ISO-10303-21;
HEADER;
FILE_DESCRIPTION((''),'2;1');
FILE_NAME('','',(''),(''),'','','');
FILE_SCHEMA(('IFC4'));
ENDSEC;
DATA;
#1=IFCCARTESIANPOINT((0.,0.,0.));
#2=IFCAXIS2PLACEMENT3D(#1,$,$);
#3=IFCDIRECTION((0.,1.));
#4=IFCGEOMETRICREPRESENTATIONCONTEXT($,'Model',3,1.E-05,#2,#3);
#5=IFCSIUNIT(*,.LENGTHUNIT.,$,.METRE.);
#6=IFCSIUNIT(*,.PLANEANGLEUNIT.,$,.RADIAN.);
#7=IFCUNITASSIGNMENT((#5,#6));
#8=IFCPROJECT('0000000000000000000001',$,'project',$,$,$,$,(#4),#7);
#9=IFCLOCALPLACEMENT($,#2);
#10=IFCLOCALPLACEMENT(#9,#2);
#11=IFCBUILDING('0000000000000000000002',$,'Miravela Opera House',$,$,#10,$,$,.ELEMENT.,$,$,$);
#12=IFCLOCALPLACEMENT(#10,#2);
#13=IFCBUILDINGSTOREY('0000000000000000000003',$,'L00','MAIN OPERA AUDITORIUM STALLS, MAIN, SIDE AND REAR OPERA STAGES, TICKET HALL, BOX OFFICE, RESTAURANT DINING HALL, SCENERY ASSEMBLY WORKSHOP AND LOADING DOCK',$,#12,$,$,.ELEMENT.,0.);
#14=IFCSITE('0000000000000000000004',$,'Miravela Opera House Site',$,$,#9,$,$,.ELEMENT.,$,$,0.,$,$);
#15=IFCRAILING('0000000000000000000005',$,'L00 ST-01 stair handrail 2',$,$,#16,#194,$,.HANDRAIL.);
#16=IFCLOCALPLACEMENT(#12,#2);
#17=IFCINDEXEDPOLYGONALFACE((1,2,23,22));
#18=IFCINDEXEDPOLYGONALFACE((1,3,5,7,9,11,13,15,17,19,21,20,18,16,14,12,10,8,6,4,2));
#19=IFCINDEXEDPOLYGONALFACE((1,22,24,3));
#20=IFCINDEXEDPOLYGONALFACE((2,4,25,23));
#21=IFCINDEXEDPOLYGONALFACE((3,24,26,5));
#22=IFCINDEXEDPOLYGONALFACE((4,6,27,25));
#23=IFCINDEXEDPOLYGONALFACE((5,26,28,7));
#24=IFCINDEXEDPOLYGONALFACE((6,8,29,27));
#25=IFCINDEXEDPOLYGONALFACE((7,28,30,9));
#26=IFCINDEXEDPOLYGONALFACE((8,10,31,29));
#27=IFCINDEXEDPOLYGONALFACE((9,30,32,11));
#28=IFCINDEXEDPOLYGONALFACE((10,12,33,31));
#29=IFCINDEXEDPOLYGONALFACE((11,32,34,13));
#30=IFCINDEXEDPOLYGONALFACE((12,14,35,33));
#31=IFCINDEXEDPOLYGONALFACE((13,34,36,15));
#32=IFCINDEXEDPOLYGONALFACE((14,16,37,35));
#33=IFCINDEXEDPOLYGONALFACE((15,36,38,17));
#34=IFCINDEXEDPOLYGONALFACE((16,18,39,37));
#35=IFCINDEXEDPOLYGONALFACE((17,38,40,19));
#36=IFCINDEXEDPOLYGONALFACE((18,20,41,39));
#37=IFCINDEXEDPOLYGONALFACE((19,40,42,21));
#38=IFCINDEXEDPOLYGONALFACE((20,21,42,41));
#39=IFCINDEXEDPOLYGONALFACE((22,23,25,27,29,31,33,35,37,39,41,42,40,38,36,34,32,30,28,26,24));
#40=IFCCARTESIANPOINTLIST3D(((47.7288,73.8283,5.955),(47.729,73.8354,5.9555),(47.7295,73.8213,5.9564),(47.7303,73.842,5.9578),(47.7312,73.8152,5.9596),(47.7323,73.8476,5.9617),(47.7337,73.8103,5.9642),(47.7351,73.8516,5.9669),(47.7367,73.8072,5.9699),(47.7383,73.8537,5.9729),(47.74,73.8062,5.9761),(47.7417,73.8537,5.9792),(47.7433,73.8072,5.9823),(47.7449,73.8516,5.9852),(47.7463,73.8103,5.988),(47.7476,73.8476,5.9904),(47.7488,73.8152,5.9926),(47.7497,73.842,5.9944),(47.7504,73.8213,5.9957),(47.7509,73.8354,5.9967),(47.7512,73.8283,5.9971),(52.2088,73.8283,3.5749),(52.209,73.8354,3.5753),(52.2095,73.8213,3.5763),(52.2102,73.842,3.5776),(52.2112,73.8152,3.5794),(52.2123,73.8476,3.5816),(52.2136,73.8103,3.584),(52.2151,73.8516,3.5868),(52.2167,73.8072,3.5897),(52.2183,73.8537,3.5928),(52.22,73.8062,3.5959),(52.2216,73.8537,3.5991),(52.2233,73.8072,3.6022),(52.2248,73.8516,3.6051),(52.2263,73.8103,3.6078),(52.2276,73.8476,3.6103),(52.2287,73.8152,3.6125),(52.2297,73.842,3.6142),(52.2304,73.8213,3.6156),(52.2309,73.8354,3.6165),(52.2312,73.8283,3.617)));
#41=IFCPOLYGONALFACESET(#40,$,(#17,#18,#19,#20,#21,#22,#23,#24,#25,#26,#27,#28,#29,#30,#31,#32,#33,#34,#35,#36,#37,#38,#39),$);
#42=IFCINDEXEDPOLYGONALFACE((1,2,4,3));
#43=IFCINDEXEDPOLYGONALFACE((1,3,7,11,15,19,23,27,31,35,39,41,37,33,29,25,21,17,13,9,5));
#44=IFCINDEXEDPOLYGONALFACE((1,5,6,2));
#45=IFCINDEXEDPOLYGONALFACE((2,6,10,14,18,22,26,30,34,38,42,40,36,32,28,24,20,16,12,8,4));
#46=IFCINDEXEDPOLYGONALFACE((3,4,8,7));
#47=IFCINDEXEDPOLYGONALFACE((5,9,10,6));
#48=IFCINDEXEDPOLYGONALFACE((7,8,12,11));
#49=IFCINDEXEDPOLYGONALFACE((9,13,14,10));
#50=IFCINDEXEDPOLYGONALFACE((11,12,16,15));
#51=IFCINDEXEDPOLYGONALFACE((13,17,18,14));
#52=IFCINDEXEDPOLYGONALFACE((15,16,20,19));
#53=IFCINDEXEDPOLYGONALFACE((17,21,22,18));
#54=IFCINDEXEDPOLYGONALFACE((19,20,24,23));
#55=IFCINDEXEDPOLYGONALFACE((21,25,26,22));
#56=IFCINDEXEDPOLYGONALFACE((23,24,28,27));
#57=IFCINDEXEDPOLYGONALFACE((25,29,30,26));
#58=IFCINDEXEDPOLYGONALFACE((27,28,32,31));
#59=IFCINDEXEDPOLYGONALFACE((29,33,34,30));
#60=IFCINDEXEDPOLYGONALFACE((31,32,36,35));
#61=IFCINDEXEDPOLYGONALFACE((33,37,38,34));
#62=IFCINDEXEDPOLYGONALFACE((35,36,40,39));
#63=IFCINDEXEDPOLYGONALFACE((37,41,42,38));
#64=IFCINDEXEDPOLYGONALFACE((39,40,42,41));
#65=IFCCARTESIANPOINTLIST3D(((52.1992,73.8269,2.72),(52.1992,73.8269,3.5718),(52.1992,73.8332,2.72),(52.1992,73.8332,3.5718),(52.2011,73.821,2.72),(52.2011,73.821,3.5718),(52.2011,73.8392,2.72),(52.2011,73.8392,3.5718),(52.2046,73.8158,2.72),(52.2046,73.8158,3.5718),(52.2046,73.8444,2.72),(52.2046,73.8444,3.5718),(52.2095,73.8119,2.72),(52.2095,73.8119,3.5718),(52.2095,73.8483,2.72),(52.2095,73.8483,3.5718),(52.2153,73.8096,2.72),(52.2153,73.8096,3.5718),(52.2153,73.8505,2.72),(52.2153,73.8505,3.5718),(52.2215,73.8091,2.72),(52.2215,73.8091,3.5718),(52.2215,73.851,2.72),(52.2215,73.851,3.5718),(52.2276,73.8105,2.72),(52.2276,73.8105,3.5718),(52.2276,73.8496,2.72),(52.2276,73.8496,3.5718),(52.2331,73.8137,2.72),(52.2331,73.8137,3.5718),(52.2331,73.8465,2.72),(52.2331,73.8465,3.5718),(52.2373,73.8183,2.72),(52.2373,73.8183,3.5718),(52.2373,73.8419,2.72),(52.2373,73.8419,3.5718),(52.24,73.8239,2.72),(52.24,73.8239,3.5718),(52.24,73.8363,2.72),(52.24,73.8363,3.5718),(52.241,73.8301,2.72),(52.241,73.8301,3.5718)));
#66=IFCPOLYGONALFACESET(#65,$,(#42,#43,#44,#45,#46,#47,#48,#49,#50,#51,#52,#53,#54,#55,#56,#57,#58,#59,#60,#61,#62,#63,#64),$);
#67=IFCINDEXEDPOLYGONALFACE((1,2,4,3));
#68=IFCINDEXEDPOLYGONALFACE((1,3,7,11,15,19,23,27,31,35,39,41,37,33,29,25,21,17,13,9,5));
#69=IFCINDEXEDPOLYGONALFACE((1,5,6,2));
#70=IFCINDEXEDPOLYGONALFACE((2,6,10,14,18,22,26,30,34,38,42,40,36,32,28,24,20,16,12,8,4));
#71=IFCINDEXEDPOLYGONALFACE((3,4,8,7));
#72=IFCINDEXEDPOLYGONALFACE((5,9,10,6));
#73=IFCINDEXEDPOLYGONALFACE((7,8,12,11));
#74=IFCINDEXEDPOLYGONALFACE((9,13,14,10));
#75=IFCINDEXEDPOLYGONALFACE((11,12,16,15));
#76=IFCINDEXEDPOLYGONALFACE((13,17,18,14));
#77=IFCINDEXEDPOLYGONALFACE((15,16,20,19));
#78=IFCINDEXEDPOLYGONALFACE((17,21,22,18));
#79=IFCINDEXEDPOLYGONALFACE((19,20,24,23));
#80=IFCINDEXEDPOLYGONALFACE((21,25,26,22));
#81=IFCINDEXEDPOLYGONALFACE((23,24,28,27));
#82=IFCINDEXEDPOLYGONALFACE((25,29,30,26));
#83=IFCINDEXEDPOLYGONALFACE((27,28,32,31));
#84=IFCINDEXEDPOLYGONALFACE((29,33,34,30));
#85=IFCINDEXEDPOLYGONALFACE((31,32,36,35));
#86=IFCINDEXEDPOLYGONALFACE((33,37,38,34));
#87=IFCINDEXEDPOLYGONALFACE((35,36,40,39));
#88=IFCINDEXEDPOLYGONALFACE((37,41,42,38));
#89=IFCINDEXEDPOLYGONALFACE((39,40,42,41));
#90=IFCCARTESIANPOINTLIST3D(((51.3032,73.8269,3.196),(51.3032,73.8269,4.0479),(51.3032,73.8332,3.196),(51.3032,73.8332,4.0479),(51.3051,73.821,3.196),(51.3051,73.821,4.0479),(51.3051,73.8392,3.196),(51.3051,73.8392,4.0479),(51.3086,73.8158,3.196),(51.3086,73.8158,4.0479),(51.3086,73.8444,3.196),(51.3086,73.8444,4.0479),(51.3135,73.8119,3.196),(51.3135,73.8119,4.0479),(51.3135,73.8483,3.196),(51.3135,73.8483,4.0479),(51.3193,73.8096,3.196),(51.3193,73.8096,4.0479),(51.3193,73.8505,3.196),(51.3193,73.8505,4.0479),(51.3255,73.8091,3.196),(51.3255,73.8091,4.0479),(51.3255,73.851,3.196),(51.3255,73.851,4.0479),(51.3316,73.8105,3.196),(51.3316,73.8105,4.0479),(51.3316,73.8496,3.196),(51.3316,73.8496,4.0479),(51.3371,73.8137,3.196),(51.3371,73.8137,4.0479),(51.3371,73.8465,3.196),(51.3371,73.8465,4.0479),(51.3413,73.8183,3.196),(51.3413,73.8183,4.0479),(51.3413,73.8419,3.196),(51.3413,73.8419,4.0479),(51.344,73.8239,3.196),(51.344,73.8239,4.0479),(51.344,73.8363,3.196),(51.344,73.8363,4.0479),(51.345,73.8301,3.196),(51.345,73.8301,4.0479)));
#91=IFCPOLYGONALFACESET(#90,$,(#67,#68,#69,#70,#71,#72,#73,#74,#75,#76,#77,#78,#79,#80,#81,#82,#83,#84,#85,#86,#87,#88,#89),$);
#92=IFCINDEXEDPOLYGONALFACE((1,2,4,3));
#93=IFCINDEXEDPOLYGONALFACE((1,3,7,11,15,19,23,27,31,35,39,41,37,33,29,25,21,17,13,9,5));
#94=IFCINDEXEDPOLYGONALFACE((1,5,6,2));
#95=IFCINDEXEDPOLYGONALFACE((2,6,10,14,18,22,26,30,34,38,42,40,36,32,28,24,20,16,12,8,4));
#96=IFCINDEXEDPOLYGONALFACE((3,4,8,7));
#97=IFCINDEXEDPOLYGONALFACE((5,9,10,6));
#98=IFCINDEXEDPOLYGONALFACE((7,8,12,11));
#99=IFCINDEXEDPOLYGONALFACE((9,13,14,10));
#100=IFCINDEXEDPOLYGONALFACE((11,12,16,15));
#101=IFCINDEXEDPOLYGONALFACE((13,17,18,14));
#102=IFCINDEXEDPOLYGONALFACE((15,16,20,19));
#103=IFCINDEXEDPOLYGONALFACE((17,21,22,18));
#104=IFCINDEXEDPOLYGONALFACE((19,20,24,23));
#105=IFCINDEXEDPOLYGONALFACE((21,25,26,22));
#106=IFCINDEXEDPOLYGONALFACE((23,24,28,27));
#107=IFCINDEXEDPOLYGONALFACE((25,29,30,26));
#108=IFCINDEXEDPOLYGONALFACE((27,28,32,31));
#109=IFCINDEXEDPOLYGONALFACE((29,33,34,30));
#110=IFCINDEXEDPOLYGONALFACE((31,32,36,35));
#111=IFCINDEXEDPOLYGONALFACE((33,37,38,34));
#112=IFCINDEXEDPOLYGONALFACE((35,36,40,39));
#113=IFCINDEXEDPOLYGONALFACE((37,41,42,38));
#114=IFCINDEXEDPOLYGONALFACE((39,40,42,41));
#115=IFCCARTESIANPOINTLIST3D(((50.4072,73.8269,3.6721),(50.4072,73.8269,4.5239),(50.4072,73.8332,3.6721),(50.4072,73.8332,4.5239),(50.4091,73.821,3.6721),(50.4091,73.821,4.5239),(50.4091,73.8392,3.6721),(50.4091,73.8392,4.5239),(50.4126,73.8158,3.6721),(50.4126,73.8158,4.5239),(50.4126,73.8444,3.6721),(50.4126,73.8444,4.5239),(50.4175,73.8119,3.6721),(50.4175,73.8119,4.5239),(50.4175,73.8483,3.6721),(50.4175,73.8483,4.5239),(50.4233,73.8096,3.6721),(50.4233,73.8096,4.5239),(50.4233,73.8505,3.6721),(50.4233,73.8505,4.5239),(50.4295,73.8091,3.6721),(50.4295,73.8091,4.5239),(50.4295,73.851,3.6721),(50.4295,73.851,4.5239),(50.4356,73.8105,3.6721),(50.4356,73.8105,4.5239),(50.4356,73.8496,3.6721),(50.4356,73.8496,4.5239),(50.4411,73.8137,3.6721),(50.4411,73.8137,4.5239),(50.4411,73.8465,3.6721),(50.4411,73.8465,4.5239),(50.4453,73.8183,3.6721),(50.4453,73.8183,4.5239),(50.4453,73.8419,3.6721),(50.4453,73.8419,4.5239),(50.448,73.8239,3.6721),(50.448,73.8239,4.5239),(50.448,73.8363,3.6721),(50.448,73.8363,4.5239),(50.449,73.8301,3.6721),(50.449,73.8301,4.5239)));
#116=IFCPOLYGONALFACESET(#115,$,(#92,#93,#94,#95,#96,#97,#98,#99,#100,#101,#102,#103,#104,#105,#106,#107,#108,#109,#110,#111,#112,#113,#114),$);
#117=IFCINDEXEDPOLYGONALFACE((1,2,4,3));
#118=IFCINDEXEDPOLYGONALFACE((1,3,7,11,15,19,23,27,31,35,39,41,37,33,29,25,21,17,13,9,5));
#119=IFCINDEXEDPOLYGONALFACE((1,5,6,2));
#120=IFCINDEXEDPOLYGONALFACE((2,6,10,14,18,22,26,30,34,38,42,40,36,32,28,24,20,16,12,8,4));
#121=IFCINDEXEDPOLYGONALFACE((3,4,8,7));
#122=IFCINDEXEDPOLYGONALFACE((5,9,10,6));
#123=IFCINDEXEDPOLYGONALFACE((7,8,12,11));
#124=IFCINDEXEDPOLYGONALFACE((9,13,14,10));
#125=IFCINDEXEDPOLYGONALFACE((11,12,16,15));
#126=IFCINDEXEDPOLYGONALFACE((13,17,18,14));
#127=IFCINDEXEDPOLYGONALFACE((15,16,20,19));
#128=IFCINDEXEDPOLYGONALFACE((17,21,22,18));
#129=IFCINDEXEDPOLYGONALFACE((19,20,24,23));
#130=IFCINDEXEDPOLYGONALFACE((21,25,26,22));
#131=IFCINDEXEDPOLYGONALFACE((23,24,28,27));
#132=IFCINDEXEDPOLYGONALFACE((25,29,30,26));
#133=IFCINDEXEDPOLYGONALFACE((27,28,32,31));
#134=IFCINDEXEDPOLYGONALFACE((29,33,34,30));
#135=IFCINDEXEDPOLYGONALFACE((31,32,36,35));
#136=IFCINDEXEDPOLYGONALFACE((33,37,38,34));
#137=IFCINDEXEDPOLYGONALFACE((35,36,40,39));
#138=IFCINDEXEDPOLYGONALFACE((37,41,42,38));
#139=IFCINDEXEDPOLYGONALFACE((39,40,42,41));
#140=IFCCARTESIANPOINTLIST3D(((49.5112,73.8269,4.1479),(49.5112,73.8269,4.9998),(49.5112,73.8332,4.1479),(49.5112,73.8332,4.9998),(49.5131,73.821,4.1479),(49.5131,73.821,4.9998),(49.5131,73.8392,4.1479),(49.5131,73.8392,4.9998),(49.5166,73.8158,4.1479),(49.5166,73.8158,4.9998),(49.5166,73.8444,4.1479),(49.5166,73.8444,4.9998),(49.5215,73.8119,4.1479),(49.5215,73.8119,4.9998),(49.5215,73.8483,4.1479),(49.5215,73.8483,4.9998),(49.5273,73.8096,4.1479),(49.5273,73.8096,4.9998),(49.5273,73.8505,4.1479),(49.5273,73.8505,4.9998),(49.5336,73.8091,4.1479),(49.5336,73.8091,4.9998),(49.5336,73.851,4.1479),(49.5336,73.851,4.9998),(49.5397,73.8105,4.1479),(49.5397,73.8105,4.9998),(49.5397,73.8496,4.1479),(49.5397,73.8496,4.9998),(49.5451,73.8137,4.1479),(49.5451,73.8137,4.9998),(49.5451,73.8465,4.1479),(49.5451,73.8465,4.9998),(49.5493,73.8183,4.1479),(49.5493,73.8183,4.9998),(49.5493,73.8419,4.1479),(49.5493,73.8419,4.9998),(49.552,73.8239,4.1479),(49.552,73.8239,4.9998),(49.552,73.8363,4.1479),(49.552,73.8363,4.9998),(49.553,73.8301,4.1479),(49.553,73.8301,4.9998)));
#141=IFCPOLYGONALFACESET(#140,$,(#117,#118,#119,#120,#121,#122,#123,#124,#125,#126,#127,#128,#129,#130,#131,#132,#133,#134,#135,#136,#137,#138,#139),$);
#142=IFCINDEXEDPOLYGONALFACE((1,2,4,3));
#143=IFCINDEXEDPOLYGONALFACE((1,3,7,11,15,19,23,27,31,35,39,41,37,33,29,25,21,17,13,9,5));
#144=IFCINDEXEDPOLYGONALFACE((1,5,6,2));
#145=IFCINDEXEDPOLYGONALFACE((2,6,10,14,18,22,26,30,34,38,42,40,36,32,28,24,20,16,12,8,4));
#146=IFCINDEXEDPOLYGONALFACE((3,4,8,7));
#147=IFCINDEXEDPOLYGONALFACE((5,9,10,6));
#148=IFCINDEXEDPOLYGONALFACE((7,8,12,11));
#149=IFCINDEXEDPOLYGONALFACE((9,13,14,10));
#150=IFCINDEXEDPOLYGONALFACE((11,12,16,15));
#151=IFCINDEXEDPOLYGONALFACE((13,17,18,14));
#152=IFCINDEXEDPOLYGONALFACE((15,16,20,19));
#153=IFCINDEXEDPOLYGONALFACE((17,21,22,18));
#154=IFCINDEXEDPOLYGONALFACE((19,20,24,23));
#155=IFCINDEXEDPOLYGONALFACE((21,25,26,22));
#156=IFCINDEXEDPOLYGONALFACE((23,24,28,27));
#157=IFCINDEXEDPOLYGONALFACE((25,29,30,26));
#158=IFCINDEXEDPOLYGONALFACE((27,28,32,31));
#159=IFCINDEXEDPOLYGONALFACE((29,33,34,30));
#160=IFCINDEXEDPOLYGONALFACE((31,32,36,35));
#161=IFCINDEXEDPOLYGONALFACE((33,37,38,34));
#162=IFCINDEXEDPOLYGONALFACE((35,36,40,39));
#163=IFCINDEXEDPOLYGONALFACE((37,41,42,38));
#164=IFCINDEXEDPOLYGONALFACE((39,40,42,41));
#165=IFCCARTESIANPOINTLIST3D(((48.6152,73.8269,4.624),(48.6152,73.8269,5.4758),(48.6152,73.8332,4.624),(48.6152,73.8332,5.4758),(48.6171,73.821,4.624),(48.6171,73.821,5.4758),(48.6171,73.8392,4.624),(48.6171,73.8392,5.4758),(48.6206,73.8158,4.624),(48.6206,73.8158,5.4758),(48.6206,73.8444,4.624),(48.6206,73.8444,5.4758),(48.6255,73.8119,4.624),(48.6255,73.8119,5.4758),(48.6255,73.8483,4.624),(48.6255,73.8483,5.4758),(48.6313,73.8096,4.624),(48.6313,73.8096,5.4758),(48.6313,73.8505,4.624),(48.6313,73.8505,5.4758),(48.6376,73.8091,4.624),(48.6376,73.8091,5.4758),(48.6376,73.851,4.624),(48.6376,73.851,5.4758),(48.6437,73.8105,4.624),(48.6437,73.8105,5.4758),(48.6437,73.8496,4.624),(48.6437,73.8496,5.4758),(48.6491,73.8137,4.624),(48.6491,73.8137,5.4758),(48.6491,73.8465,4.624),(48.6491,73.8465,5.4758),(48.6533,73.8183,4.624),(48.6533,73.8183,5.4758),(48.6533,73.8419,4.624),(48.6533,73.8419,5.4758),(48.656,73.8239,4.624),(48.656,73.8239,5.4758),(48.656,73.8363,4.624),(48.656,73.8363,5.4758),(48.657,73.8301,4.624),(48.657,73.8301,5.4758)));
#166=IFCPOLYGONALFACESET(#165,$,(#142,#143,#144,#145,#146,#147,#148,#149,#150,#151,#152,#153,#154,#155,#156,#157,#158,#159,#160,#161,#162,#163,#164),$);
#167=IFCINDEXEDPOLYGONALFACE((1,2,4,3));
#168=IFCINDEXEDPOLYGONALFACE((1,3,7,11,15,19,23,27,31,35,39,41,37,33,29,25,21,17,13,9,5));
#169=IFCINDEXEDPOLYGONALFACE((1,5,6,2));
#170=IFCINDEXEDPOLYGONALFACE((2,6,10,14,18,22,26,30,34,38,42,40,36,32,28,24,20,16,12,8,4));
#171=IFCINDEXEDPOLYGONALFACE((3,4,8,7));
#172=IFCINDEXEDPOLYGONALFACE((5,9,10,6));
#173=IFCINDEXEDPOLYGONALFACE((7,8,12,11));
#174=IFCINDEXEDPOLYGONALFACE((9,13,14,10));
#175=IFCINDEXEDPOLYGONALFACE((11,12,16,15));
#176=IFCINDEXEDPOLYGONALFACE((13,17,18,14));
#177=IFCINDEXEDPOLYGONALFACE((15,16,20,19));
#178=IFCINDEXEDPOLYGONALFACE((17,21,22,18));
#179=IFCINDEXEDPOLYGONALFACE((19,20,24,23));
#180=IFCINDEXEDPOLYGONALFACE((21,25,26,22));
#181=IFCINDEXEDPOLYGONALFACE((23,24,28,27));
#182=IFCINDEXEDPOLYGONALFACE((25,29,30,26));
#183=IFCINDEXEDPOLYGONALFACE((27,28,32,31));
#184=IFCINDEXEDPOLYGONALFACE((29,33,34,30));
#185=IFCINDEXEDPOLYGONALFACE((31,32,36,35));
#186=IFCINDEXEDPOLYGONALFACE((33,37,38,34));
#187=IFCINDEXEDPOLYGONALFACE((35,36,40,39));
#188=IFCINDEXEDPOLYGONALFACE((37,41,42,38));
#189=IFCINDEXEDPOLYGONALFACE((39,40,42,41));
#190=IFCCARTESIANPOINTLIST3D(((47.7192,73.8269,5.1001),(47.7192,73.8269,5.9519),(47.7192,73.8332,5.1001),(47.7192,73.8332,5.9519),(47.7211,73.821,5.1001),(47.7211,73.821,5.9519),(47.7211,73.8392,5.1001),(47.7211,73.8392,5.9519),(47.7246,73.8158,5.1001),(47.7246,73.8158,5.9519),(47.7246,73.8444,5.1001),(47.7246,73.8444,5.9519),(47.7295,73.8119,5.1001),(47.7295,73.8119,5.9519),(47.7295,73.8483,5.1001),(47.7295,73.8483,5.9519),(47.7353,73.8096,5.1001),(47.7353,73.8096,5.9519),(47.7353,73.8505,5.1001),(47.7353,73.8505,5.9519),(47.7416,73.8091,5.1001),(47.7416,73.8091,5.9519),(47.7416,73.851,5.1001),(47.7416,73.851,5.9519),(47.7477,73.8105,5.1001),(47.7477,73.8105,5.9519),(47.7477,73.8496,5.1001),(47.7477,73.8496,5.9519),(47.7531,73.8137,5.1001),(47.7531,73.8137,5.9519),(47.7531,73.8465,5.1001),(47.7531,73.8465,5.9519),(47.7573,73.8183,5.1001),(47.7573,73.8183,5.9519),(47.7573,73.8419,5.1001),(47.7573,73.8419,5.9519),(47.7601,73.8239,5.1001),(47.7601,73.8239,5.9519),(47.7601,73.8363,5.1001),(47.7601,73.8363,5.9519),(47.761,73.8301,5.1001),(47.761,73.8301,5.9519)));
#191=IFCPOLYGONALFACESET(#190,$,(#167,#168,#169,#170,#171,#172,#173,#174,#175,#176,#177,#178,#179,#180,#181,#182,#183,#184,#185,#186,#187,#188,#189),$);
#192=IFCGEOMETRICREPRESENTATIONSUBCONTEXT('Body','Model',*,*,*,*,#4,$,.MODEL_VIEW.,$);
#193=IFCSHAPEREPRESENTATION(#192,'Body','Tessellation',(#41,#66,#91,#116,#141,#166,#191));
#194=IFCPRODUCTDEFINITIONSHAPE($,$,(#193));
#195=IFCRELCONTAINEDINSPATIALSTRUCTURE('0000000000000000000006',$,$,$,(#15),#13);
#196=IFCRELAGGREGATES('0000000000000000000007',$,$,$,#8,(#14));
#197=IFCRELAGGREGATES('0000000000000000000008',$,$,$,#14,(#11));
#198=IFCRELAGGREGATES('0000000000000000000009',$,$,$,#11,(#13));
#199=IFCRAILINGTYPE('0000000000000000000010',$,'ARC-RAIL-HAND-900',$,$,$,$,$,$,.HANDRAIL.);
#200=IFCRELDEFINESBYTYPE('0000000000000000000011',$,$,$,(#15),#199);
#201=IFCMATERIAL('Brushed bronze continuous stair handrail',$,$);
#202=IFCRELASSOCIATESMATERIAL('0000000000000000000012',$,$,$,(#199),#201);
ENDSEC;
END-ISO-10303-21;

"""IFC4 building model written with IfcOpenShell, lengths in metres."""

from ifc_helpers import new_model, si_unit, direction, frame, origin, origin_2d, place, context, subcontext, project, spatial, circle, extrude, material, type_object, element, save


model = new_model("IFC4")

# Units and contexts
model_context = context("Model", 3, precision=1e-05, world=origin(), true_north=direction((0.0, 1.0)))
body_context = subcontext(model_context, "Body", "Model", "MODEL_VIEW")
ifc_project = project(units=[si_unit("LENGTHUNIT", "METRE"), si_unit("PLANEANGLEUNIT", "RADIAN")], contexts=[model_context])

# Site, building, storey
site_placement = place(None, origin())
site = spatial("IfcSite", under=ifc_project, at=site_placement, Name="Miravela Opera House Site", CompositionType="ELEMENT", RefElevation=0.0)
building_placement = place(site_placement, origin())
building = spatial("IfcBuilding", under=site, at=building_placement, Name="Miravela Opera House", CompositionType="ELEMENT")
storey_placement = place(building_placement, origin())
storey = spatial("IfcBuildingStorey", under=building, at=storey_placement, Name="L00", Description="MAIN OPERA AUDITORIUM STALLS, MAIN, SIDE AND REAR OPERA STAGES, TICKET HALL, BOX OFFICE, RESTAURANT DINING HALL, SCENERY ASSEMBLY WORKSHOP AND LOADING DOCK", CompositionType="ELEMENT", Elevation=0.0)

# Railing
ifc_material_1 = material(Name="Brushed bronze continuous stair handrail")
railing_type_1 = type_object("IfcRailingType", Name="ARC-RAIL-HAND-900", PredefinedType="HANDRAIL", material=ifc_material_1)
railing_1_placement = place(storey_placement, frame((52.22, 73.8301, 2.72)))
element("IfcRailing", 1, at=railing_1_placement, inside=storey, type_object=railing_type_1, Name="L00 ST-01 stair handrail 2", PredefinedType="HANDRAIL", context=body_context, shape_type="SweptSolid", body=[
    extrude(circle(Radius=0.0239, at=origin_2d()), frame((0.0, 0.0, 0.876), z_axis=(-0.883105, 0.0, 0.469176), x_axis=(0.0, -1.0, 0.0)), (0.0, 0.0, 1.0), 5.073),
    extrude(circle(Radius=0.021, at=origin_2d()), origin(), (0.0, 0.0, 1.0), 0.8518),
    extrude(circle(Radius=0.021, at=origin_2d()), frame((-0.896, 0.0, 0.4761)), (0.0, 0.0, 1.0), 0.8518),
    extrude(circle(Radius=0.021, at=origin_2d()), frame((-1.792, 0.0, 0.9521)), (0.0, 0.0, 1.0), 0.8518),
    extrude(circle(Radius=0.021, at=origin_2d()), frame((-2.688, 0.0, 1.428)), (0.0, 0.0, 1.0), 0.8518),
    extrude(circle(Radius=0.021, at=origin_2d()), frame((-3.584, 0.0, 1.9041)), (0.0, 0.0, 1.0), 0.8518),
    extrude(circle(Radius=0.021, at=origin_2d()), frame((-4.48, 0.0, 2.3801)), (0.0, 0.0, 1.0), 0.8518),
])

save(model, "model.ifc")
